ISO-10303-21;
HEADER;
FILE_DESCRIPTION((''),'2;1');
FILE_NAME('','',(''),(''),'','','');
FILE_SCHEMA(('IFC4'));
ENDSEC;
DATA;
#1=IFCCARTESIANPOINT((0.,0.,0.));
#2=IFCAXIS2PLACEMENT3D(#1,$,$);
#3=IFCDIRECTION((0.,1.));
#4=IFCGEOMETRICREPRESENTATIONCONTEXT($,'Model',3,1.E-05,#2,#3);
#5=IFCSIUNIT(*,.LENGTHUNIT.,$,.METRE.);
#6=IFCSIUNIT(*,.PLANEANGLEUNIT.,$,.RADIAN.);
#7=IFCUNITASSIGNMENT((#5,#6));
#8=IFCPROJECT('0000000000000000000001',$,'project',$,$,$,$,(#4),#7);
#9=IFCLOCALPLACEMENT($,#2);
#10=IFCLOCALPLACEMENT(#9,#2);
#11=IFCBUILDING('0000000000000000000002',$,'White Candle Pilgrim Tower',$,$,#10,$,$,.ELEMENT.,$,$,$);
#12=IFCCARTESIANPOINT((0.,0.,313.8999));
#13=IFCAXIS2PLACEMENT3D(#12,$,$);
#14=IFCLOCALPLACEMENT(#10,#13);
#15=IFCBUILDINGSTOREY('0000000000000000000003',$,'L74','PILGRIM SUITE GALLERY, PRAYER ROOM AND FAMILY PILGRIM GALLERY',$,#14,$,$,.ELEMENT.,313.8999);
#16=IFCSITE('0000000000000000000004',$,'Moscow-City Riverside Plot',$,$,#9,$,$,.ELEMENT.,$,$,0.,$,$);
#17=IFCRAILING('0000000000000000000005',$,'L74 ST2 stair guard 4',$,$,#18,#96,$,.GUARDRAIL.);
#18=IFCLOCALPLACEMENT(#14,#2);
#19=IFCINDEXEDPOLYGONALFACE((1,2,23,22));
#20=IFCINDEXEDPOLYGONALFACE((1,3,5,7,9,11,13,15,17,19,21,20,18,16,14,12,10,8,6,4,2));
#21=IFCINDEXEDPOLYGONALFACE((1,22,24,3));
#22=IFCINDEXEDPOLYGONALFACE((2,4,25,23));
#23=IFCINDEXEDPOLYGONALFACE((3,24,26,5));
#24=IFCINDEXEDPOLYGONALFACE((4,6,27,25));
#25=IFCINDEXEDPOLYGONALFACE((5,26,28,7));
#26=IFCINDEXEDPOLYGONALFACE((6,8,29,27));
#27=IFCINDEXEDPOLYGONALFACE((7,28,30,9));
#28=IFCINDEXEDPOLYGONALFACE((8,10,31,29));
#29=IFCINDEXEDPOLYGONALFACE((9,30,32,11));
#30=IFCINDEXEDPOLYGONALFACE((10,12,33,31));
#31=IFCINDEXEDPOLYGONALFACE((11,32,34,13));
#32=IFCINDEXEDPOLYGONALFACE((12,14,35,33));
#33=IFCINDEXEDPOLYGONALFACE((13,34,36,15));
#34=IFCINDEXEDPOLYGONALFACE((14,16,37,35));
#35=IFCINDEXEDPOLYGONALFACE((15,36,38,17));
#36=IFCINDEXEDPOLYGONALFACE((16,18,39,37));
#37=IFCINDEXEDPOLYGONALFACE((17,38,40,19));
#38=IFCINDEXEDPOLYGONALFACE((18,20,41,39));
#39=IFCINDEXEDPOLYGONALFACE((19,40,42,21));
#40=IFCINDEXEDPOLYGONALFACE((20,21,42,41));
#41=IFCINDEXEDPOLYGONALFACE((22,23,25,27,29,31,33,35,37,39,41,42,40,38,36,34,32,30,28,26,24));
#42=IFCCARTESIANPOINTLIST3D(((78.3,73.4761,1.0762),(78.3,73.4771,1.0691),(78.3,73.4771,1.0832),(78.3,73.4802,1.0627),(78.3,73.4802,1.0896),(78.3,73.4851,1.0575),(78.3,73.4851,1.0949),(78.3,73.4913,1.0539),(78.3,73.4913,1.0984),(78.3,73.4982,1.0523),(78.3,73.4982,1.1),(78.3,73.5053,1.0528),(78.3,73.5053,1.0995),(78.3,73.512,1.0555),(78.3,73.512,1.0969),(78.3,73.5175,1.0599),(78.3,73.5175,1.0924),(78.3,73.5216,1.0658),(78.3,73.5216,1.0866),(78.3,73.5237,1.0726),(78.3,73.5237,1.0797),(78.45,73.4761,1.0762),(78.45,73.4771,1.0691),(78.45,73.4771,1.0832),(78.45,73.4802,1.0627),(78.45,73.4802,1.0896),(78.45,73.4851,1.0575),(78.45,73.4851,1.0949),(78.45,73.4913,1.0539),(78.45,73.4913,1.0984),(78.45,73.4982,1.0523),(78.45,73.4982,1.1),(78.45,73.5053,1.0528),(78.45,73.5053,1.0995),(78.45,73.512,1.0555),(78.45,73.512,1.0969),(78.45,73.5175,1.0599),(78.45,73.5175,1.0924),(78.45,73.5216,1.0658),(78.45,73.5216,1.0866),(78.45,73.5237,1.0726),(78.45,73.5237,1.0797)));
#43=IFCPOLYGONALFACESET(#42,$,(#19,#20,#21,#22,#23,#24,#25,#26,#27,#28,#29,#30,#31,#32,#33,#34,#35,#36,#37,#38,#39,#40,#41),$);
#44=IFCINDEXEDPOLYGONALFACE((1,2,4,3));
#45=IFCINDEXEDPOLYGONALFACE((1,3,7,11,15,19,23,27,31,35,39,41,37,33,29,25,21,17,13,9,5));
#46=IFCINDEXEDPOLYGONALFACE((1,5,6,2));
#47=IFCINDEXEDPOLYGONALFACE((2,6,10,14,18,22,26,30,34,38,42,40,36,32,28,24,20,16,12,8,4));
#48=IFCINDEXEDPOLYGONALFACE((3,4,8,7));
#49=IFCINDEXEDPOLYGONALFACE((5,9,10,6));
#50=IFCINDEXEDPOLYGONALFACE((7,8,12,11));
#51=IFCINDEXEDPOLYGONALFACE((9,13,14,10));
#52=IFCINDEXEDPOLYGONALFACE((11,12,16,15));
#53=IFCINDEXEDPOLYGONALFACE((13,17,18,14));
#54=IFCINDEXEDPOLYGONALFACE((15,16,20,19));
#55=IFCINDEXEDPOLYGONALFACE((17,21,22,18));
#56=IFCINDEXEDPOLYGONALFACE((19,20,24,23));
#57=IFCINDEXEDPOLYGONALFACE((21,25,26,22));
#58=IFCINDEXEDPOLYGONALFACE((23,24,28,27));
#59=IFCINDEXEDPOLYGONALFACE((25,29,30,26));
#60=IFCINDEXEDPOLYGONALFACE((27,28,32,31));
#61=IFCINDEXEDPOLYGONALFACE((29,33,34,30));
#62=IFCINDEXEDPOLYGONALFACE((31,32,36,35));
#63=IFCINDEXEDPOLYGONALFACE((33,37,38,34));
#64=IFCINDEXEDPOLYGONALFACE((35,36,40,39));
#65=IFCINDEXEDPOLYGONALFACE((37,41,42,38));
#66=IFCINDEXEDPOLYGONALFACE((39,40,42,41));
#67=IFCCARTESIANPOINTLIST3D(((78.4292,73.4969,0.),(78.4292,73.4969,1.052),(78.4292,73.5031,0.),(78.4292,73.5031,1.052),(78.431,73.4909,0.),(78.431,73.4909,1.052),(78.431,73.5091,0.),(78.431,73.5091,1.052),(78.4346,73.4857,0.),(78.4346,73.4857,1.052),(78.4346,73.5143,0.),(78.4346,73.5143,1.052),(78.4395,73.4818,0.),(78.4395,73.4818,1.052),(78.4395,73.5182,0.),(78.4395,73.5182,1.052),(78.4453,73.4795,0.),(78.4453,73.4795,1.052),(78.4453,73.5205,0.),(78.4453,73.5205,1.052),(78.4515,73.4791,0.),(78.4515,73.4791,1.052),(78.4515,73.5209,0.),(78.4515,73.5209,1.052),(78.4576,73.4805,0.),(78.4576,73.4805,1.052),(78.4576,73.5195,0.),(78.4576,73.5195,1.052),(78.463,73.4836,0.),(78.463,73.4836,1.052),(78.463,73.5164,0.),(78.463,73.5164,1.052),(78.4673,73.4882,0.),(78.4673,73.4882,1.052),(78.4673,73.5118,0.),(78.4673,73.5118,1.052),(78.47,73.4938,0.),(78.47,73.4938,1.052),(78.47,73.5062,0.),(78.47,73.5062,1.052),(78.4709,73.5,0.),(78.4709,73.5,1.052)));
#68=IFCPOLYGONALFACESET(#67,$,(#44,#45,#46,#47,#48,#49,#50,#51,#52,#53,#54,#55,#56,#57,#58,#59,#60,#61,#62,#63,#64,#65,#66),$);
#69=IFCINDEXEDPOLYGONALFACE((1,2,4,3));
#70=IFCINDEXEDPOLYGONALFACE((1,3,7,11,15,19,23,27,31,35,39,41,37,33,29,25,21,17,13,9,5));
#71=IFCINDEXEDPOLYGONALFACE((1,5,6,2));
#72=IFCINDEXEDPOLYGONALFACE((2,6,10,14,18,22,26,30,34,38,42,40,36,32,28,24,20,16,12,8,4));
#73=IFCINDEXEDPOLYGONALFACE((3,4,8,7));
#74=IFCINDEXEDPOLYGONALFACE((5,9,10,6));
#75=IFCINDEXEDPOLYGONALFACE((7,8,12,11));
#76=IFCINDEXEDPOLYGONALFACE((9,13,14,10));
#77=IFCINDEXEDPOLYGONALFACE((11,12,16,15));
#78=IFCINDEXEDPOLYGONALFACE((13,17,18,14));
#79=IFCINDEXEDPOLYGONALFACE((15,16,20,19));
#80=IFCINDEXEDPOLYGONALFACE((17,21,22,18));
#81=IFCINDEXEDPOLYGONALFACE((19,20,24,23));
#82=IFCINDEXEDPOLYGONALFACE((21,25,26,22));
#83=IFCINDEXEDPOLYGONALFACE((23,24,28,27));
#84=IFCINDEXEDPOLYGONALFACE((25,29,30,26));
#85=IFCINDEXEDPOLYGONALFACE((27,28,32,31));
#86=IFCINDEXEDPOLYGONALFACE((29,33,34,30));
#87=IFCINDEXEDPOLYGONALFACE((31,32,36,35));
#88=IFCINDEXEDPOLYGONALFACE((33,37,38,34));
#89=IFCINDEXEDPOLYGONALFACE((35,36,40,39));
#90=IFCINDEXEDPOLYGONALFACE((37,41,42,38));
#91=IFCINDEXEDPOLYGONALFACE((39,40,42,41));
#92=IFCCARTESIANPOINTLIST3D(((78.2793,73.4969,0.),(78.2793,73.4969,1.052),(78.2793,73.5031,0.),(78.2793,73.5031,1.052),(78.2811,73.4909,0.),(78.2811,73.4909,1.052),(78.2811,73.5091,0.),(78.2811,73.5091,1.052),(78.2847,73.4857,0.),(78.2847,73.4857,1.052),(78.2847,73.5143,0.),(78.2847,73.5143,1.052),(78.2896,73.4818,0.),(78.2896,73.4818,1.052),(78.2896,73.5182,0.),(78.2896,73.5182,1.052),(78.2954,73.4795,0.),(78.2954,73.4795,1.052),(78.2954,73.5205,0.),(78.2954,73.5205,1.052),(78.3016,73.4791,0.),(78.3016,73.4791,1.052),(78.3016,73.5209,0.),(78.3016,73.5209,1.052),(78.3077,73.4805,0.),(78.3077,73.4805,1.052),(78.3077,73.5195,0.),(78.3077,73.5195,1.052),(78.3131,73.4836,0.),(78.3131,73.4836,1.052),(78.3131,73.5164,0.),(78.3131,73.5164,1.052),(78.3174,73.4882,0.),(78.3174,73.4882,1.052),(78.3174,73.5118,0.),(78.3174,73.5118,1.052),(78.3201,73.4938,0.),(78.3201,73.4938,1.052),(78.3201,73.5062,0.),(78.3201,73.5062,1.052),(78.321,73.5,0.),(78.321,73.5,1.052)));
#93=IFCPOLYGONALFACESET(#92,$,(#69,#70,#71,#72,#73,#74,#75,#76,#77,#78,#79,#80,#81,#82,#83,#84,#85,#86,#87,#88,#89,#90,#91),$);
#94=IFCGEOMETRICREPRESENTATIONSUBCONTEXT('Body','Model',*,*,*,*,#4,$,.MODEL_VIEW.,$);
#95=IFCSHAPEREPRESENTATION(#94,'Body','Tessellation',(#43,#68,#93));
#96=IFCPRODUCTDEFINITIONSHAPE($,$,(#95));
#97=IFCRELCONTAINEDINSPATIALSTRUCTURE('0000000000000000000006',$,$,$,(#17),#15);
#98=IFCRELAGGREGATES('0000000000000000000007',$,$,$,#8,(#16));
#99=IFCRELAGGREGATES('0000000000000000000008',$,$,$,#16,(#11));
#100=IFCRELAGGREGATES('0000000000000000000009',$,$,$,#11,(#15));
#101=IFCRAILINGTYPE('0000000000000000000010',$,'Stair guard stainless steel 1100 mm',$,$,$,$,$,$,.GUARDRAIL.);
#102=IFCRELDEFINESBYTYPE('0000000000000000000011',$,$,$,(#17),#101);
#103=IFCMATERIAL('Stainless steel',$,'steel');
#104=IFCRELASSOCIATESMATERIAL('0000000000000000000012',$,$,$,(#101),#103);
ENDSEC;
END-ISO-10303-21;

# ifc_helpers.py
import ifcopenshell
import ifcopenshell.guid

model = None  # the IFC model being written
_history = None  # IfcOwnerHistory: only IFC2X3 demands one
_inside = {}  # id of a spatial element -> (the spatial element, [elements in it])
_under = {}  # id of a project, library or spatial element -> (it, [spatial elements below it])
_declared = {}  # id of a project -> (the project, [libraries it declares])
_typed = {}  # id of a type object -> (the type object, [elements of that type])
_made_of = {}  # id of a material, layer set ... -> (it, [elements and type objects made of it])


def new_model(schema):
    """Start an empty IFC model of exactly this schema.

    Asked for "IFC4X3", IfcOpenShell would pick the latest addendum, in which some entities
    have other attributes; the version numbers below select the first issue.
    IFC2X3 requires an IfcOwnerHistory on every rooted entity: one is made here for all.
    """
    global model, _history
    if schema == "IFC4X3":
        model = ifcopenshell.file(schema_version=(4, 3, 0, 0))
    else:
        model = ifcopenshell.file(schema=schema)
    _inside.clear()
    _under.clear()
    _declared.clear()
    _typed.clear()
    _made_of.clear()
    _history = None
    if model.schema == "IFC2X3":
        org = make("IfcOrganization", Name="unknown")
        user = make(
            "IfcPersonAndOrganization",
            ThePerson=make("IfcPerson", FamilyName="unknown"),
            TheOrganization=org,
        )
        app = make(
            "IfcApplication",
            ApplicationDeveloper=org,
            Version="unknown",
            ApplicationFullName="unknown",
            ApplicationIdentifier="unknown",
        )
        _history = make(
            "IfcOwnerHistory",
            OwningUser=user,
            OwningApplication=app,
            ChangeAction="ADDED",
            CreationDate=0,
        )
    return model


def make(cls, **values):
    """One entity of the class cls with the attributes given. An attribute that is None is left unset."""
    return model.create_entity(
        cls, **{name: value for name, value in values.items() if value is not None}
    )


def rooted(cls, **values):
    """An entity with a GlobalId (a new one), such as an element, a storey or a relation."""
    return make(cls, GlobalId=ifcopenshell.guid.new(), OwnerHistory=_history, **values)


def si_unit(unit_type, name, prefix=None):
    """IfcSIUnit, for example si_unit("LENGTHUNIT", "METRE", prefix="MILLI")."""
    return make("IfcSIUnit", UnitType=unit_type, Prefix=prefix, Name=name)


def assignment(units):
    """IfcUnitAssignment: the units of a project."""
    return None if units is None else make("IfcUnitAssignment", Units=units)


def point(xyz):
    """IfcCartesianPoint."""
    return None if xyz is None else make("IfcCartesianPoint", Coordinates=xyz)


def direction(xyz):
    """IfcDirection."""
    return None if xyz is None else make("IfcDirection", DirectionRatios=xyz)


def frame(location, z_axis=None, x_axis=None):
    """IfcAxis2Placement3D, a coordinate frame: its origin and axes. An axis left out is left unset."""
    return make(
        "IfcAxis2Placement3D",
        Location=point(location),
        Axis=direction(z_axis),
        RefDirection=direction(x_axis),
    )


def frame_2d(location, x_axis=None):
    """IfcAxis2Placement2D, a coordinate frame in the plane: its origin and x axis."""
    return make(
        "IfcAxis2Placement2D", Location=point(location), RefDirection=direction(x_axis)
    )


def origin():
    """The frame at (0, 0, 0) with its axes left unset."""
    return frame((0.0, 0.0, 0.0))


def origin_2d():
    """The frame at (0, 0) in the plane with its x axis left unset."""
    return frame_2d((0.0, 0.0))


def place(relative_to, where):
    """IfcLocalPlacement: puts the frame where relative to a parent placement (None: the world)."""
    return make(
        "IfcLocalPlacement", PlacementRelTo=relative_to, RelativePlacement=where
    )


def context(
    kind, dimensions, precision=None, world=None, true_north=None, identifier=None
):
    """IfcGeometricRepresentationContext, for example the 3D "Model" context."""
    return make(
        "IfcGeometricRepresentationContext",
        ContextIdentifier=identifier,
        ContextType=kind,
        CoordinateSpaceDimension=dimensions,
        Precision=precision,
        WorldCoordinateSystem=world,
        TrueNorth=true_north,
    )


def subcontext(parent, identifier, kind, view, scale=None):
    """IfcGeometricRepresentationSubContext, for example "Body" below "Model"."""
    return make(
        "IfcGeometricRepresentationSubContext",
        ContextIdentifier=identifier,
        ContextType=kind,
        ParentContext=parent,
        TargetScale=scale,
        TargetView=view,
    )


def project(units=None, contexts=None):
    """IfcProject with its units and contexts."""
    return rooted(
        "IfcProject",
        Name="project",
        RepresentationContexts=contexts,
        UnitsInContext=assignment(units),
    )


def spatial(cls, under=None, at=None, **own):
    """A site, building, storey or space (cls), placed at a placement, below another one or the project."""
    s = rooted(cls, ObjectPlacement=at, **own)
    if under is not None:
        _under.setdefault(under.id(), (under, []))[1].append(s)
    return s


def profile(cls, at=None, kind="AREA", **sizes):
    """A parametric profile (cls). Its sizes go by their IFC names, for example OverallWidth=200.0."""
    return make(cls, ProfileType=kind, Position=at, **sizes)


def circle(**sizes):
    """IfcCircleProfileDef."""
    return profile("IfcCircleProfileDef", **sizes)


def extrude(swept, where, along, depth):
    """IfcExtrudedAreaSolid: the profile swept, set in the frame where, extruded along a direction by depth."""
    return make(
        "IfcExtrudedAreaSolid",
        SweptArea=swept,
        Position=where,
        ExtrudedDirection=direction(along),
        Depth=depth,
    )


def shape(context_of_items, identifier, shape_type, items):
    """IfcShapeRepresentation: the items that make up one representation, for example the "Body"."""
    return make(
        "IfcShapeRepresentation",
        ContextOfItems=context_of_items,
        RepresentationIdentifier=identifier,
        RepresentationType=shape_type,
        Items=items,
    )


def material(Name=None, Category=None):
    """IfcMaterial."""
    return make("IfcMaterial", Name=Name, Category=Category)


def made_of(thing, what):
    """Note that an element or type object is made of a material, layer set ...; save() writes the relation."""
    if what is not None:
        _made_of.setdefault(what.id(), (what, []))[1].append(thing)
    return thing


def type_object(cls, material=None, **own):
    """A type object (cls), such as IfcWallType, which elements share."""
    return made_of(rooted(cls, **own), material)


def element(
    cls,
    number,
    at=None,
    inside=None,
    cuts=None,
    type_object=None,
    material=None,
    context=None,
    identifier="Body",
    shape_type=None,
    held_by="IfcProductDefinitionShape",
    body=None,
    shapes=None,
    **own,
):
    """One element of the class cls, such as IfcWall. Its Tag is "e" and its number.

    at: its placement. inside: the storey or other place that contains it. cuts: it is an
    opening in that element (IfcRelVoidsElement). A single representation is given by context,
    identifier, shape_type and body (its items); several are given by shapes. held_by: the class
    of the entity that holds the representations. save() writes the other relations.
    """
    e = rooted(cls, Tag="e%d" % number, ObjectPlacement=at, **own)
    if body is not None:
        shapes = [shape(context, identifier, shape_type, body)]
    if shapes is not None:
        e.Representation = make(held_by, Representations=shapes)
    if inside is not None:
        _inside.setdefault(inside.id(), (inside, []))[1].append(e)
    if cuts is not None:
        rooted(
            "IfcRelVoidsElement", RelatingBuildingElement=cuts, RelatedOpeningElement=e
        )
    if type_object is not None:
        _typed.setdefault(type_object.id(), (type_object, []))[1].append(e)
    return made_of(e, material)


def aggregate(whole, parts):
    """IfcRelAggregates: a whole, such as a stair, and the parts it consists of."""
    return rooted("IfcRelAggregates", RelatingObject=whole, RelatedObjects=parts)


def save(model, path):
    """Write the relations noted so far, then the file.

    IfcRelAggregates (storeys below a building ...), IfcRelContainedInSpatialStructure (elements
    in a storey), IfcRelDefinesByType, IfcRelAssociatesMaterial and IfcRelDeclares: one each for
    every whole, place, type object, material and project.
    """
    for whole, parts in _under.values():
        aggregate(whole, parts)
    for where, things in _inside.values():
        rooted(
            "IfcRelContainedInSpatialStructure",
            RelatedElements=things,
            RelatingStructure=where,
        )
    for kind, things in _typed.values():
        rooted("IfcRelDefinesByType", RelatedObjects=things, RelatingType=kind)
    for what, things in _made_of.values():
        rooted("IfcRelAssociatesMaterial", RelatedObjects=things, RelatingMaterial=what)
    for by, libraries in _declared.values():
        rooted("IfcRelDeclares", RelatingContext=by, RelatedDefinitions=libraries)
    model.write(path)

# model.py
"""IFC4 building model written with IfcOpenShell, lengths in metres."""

from ifc_helpers import new_model, si_unit, direction, frame, origin, origin_2d, place, context, subcontext, project, spatial, circle, extrude, material, type_object, element, save


model = new_model("IFC4")

# Units and contexts
model_context = context("Model", 3, precision=1e-05, world=origin(), true_north=direction((0.0, 1.0)))
body_context = subcontext(model_context, "Body", "Model", "MODEL_VIEW")
ifc_project = project(units=[si_unit("LENGTHUNIT", "METRE"), si_unit("PLANEANGLEUNIT", "RADIAN")], contexts=[model_context])

# Site, building, storey
site_placement = place(None, origin())
site = spatial("IfcSite", under=ifc_project, at=site_placement, Name="Moscow-City Riverside Plot", CompositionType="ELEMENT", RefElevation=0.0)
building_placement = place(site_placement, origin())
building = spatial("IfcBuilding", under=site, at=building_placement, Name="White Candle Pilgrim Tower", CompositionType="ELEMENT")
storey_placement = place(building_placement, frame((0.0, 0.0, 313.8999)))
storey = spatial("IfcBuildingStorey", under=building, at=storey_placement, Name="L74", Description="PILGRIM SUITE GALLERY, PRAYER ROOM AND FAMILY PILGRIM GALLERY", CompositionType="ELEMENT", Elevation=313.8999)

# Railing
ifc_material_1 = material(Name="Stainless steel", Category="steel")
railing_type_1 = type_object("IfcRailingType", Name="Stair guard stainless steel 1100 mm", PredefinedType="GUARDRAIL", material=ifc_material_1)
railing_1_placement = place(storey_placement, frame((78.45, 73.5, 0.0)))
element("IfcRailing", 1, at=railing_1_placement, inside=storey, type_object=railing_type_1, Name="L74 ST2 stair guard 4", PredefinedType="GUARDRAIL", context=body_context, shape_type="SweptSolid", body=[
    extrude(circle(Radius=0.0239, at=origin_2d()), frame((0.0, 0.0, 1.0762), z_axis=(-1.0, 0.0, 0.0), x_axis=(0.0, -1.0, 0.0)), (0.0, 0.0, 1.0), 0.1499),
    extrude(circle(Radius=0.021, at=origin_2d()), origin(), (0.0, 0.0, 1.0), 1.052),
    extrude(circle(Radius=0.021, at=origin_2d()), frame((-0.1499, 0.0, 0.0)), (0.0, 0.0, 1.0), 1.052),
])

save(model, "model.ifc")
